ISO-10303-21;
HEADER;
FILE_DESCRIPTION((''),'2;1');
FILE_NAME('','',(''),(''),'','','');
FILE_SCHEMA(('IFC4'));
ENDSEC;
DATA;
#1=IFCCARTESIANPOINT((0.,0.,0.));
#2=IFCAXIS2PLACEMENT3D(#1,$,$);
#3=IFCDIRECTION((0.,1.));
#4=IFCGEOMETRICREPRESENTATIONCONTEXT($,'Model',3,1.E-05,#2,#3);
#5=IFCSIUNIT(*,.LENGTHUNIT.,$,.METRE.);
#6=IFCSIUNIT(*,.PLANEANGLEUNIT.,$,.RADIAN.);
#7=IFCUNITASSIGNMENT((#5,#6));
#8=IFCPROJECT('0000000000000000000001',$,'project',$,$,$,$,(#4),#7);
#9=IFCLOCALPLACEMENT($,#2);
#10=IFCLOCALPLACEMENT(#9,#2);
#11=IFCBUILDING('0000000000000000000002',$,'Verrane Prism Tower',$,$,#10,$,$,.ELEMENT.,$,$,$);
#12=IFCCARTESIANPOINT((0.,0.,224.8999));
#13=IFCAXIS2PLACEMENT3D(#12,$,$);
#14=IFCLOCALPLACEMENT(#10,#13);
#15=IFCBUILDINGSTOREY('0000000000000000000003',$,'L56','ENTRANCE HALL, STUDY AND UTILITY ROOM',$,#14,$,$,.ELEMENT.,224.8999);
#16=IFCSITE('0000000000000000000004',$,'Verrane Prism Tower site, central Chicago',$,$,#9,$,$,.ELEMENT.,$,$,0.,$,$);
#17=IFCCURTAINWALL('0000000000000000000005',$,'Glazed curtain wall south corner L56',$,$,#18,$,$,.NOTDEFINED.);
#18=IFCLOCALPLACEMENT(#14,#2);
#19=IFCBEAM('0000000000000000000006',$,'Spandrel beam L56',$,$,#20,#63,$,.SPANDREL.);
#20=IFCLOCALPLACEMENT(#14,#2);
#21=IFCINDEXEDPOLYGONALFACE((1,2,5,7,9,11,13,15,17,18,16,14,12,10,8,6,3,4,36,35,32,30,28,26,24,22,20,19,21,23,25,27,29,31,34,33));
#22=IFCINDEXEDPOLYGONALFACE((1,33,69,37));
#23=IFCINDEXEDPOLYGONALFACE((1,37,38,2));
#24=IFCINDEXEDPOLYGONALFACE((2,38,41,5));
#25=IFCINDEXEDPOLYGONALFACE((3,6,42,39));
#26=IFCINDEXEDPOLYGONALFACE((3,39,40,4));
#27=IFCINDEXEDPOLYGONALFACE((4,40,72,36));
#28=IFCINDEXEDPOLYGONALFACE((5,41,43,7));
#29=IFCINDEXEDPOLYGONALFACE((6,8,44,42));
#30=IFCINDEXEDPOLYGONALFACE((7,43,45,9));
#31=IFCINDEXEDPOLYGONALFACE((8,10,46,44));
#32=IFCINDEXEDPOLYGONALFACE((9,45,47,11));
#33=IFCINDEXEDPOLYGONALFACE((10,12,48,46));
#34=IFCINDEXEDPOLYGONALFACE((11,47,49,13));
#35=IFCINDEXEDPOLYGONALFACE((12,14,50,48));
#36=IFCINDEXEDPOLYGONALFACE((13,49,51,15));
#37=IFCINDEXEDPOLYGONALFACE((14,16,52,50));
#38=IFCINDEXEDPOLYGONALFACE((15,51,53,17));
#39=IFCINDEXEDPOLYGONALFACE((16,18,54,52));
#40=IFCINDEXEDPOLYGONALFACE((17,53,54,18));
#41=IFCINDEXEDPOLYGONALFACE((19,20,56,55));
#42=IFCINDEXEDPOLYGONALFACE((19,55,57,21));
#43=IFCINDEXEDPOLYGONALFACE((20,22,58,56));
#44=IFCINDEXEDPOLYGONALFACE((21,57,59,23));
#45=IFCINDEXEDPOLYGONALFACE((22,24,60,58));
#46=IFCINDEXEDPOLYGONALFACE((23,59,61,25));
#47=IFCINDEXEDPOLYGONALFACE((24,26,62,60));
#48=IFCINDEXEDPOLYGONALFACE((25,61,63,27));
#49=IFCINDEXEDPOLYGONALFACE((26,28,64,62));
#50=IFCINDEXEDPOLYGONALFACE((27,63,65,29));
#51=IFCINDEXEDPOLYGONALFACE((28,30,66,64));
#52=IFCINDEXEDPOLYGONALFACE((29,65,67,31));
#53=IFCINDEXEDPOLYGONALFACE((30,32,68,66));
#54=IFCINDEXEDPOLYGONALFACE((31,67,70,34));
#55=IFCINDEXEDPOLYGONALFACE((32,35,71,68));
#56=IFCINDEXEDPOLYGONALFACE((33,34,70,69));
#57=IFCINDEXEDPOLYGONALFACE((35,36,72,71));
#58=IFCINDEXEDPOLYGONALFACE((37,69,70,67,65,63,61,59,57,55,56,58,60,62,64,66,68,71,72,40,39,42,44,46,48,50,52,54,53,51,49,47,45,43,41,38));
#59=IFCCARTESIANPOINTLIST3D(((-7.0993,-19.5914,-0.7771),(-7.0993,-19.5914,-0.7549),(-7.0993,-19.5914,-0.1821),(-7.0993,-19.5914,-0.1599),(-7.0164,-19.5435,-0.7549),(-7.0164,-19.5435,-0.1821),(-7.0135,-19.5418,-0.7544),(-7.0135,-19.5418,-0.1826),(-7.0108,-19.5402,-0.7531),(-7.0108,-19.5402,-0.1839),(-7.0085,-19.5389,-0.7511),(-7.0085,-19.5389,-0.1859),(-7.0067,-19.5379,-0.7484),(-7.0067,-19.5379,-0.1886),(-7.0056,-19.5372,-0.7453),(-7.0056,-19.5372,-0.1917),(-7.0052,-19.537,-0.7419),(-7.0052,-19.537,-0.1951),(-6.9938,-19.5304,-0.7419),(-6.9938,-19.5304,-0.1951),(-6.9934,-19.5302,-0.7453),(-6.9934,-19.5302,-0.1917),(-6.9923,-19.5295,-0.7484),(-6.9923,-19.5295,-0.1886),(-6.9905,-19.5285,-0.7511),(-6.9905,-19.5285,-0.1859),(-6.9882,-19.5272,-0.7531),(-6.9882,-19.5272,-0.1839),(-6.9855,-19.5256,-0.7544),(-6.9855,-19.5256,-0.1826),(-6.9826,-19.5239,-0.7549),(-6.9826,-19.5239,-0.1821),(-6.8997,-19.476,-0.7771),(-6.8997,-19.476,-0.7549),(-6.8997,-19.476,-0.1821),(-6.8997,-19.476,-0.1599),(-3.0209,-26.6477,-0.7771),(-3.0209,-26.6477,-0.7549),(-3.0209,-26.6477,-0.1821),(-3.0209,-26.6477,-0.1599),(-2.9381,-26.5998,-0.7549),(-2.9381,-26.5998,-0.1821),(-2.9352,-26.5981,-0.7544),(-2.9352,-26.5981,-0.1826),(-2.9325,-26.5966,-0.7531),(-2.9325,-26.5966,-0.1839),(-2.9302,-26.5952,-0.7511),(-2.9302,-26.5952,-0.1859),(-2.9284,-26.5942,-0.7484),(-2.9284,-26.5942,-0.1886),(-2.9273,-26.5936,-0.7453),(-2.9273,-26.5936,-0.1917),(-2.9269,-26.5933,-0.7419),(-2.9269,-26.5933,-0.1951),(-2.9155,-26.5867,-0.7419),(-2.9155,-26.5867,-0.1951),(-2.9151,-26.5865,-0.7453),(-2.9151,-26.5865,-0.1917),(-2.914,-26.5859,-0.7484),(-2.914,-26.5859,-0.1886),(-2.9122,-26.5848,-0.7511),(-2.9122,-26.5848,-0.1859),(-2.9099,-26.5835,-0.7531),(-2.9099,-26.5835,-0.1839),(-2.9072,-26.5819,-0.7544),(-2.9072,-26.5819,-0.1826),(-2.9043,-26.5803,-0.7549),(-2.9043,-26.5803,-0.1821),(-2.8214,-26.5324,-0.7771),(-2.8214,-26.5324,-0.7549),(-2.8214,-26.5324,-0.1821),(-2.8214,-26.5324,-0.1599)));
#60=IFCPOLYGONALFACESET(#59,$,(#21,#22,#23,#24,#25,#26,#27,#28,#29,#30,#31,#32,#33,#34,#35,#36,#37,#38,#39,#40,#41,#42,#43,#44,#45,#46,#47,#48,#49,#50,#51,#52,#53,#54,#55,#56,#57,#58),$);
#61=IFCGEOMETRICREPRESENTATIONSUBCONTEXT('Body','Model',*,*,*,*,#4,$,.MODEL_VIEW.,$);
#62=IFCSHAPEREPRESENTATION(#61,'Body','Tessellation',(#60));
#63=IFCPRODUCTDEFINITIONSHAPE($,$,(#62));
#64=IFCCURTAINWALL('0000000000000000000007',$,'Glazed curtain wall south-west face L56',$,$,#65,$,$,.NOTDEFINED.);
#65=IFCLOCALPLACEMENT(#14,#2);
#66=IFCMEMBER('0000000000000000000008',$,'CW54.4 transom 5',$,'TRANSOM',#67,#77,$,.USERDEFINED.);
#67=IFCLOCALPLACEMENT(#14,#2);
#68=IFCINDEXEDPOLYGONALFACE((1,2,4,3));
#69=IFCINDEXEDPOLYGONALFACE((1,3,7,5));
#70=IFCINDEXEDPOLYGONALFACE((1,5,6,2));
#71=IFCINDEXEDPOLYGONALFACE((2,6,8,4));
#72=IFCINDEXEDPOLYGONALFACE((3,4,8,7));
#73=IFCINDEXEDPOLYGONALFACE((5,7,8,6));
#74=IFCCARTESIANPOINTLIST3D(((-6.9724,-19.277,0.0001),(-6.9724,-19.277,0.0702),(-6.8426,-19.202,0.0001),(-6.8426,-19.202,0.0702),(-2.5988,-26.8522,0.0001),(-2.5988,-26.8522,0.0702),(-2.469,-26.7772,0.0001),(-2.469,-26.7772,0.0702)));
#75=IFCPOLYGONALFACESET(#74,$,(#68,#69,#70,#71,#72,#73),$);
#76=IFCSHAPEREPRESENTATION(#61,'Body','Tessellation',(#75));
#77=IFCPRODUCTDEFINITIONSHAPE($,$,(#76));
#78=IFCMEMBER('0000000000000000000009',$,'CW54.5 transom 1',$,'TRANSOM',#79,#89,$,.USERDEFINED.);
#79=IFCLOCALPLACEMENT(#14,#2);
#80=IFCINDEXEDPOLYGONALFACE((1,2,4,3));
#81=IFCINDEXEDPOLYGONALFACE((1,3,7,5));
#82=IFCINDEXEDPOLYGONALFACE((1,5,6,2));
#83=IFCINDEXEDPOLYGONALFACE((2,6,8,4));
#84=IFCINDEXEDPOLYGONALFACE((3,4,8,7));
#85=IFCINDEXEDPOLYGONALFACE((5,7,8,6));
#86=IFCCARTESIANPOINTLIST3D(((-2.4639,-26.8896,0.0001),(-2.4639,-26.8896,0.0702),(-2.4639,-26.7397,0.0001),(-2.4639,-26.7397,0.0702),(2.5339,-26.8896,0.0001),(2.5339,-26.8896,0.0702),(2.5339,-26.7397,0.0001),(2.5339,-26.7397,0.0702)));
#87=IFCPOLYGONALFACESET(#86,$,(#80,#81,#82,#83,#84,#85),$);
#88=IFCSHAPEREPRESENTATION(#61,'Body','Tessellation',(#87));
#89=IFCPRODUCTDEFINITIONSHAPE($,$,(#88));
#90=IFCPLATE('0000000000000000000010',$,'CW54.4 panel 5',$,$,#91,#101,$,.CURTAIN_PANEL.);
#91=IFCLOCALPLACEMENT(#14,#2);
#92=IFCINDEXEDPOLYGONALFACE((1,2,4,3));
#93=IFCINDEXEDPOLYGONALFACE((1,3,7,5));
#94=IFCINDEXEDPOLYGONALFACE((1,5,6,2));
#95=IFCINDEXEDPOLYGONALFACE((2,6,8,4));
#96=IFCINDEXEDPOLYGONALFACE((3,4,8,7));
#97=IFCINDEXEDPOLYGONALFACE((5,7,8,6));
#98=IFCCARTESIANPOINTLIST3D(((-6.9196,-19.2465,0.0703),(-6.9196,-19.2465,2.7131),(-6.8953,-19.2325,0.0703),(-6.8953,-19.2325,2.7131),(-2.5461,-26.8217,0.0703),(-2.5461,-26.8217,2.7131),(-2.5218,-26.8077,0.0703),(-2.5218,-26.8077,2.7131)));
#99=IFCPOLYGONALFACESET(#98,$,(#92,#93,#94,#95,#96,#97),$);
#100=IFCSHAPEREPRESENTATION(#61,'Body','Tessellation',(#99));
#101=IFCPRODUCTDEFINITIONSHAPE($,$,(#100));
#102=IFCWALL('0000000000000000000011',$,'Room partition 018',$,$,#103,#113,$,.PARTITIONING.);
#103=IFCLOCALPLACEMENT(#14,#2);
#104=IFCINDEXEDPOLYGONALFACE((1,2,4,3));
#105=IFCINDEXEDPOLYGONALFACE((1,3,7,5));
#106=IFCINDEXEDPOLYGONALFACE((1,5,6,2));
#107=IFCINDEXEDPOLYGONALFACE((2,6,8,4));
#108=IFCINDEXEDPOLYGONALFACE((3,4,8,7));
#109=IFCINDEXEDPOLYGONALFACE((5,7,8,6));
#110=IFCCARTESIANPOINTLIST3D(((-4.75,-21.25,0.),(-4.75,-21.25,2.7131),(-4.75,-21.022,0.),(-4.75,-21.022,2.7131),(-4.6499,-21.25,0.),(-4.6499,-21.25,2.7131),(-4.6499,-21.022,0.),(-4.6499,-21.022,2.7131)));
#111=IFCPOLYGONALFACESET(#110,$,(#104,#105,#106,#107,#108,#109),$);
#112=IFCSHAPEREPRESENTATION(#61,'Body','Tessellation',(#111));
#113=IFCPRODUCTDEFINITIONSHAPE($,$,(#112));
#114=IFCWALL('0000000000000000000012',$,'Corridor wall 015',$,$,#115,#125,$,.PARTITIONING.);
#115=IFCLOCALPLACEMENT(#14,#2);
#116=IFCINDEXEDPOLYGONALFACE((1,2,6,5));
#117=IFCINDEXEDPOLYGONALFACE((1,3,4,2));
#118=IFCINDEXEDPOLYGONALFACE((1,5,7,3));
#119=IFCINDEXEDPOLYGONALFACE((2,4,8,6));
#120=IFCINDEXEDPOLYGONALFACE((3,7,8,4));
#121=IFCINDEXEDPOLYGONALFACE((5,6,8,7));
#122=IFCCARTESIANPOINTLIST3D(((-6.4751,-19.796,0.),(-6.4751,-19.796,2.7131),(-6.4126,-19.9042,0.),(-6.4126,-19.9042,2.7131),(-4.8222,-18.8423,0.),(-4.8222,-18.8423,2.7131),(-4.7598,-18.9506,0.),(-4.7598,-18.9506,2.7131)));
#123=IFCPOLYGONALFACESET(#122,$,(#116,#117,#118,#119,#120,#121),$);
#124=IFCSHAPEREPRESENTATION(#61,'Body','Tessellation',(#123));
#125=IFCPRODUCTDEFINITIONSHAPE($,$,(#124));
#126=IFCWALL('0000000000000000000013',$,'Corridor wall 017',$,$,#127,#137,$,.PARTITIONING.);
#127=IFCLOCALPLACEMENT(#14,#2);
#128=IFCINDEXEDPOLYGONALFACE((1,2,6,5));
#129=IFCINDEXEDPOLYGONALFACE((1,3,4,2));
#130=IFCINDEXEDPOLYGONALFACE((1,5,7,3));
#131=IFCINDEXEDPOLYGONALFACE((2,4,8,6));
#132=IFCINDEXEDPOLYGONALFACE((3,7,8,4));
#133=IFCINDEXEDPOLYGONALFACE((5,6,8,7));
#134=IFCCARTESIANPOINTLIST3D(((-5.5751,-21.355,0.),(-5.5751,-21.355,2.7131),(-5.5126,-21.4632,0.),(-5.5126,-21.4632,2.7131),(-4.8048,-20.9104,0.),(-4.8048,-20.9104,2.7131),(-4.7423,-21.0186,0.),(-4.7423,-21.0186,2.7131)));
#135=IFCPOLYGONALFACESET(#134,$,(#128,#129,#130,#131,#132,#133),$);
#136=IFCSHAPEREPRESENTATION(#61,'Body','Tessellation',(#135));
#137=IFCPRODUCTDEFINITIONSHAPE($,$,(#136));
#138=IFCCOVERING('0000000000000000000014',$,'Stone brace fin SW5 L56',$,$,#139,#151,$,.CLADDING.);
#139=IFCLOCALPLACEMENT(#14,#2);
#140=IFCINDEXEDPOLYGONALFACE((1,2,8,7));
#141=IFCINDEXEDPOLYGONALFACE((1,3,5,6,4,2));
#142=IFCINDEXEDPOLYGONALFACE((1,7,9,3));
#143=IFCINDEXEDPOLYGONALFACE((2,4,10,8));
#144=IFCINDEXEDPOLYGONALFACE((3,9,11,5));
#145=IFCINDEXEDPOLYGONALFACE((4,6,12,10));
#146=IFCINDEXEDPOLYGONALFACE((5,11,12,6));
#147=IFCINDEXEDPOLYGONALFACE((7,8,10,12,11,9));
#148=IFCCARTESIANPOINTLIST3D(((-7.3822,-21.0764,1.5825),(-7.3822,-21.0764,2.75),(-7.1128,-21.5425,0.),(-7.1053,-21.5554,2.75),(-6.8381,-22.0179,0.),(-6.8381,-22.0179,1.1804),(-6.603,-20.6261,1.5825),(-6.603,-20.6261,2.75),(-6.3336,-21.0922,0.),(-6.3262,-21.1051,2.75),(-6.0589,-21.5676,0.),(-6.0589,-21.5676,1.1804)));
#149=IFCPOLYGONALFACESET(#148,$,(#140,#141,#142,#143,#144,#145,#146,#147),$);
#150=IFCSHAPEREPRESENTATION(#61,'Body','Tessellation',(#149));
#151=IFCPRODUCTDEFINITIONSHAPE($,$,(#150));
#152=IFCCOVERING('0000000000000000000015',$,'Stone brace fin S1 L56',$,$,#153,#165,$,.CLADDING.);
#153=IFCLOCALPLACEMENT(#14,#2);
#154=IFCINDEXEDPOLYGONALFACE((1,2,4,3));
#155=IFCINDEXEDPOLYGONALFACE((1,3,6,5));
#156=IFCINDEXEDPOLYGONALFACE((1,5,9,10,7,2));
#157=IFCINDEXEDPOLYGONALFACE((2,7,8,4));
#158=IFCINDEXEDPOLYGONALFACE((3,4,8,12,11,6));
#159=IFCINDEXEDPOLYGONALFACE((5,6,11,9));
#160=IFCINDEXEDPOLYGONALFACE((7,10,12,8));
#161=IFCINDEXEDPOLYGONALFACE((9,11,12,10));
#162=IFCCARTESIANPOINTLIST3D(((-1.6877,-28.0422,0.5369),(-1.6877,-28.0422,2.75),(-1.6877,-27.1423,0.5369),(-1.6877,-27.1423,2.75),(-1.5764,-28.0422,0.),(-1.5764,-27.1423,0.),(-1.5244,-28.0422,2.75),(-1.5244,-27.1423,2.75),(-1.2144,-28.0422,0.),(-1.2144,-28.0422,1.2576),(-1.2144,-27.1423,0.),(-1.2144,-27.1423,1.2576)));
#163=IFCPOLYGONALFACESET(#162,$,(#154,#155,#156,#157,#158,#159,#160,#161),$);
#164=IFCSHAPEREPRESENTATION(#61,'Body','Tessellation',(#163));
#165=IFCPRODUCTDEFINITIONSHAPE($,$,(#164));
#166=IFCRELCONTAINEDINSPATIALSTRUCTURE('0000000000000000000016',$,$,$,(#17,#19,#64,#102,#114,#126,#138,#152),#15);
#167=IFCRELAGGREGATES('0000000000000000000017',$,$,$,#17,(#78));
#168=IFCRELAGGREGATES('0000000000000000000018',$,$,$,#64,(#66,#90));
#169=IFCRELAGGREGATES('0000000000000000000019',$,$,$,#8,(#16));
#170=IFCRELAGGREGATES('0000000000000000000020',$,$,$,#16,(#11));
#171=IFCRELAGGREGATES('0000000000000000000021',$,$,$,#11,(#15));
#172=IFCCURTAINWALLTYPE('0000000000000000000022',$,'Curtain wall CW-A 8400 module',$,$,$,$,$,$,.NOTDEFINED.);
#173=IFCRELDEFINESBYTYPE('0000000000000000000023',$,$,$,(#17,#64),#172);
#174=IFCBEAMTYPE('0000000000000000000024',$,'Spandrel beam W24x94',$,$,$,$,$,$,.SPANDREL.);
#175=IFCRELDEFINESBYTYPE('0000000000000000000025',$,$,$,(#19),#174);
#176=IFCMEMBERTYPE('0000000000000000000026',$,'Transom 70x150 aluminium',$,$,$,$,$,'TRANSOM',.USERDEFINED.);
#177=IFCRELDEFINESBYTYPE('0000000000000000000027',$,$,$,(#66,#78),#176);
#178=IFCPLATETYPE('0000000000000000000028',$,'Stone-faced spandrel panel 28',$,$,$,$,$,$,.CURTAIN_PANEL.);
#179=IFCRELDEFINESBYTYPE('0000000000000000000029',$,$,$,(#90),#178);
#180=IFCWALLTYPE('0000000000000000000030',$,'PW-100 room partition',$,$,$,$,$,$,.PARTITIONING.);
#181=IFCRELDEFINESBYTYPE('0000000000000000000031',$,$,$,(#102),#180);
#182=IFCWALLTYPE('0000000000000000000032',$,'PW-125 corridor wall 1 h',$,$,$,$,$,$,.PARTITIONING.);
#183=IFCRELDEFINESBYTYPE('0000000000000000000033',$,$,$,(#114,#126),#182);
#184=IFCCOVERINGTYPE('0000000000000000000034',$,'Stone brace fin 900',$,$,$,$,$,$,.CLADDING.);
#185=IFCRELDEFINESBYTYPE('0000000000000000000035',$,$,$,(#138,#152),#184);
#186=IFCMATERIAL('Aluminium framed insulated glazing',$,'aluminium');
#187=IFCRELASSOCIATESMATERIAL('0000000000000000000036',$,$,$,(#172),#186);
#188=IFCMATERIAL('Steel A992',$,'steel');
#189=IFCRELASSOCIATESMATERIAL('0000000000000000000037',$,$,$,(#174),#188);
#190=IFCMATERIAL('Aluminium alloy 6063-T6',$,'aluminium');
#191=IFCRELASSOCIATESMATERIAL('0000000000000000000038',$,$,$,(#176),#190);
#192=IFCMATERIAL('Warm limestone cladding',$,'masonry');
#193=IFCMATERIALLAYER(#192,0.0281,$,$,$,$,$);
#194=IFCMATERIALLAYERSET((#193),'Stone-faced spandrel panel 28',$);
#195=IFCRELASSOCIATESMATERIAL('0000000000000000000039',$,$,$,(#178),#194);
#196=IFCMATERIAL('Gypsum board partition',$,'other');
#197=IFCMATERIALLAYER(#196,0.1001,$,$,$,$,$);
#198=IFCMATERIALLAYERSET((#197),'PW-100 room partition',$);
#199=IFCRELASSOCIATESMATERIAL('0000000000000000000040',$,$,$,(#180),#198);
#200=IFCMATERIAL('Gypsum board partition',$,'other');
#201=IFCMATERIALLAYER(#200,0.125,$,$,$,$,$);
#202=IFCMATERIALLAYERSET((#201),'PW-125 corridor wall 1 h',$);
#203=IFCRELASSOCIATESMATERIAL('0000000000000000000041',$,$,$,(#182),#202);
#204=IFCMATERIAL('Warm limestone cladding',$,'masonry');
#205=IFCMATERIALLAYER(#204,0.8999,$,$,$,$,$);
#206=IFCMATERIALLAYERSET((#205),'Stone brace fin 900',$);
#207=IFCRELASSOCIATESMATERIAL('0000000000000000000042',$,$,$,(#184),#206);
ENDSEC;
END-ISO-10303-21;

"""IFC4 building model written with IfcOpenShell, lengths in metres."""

from ifc_helpers import new_model, si_unit, direction, frame, frame_2d, origin, origin_2d, place, context, subcontext, project, spatial, polyline, rectangle, i_section, outline, extrude, material, layer, layer_set, material_profile, profile_set, type_object, element, aggregate, save


model = new_model("IFC4")

# Units and contexts
model_context = context("Model", 3, precision=1e-05, world=origin(), true_north=direction((0.0, 1.0)))
body_context = subcontext(model_context, "Body", "Model", "MODEL_VIEW")
ifc_project = project(units=[si_unit("LENGTHUNIT", "METRE"), si_unit("PLANEANGLEUNIT", "RADIAN")], contexts=[model_context])

# Site, building, storey
site_placement = place(None, origin())
site = spatial("IfcSite", under=ifc_project, at=site_placement, Name="Verrane Prism Tower site, central Chicago", CompositionType="ELEMENT", RefElevation=0.0)
building_placement = place(site_placement, origin())
building = spatial("IfcBuilding", under=site, at=building_placement, Name="Verrane Prism Tower", CompositionType="ELEMENT")
storey_placement = place(building_placement, frame((0.0, 0.0, 224.8999)))
storey = spatial("IfcBuildingStorey", under=building, at=storey_placement, Name="L56", Description="ENTRANCE HALL, STUDY AND UTILITY ROOM", CompositionType="ELEMENT", Elevation=224.8999)

# Curtain wall
ifc_material_1 = material(Name="Aluminium framed insulated glazing", Category="aluminium")
curtain_wall_type = type_object("IfcCurtainWallType", Name="Curtain wall CW-A 8400 module", PredefinedType="NOTDEFINED", material=ifc_material_1)
curtain_wall_1_placement = place(storey_placement, origin())
curtain_wall_1 = element("IfcCurtainWall", 1, at=curtain_wall_1_placement, inside=storey, type_object=curtain_wall_type, Name="Glazed curtain wall south corner L56", PredefinedType="NOTDEFINED")

# Beam
ifc_material_2 = material(Name="Steel A992", Category="steel")
ifc_material_profile_1 = material_profile(ifc_material_2, i_section(OverallWidth=0.2305, OverallDepth=0.6172, WebThickness=0.0132, FlangeThickness=0.0222, FilletRadius=0.0129, at=origin_2d()), Name="W24x94")
ifc_profile_set_1 = profile_set([ifc_material_profile_1], Name="Steel A992")
beam_type_1 = type_object("IfcBeamType", Name="Spandrel beam W24x94", PredefinedType="SPANDREL", material=ifc_profile_set_1)
beam_1_placement = place(storey_placement, frame((-6.9995, -19.5337, -0.4685), z_axis=(0.500401, -0.865794, 0.0), x_axis=(0.865794, 0.500401, 0.0)))
element("IfcBeam", 2, at=beam_1_placement, inside=storey, type_object=beam_type_1, Name="Spandrel beam L56", PredefinedType="SPANDREL", context=body_context, shape_type="SweptSolid", body=[
    extrude(i_section(OverallWidth=0.2305, OverallDepth=0.6172, WebThickness=0.0132, FlangeThickness=0.0222, FilletRadius=0.0129, at=origin_2d()), origin(), (0.0, 0.0, 1.0), 8.1501),
])

# Curtain wall, member
curtain_wall_2_placement = place(storey_placement, origin())
curtain_wall_2 = element("IfcCurtainWall", 3, at=curtain_wall_2_placement, inside=storey, type_object=curtain_wall_type, Name="Glazed curtain wall south-west face L56", PredefinedType="NOTDEFINED")
ifc_material_3 = material(Name="Aluminium alloy 6063-T6", Category="aluminium")
ifc_material_profile_2 = material_profile(ifc_material_3, rectangle(XDim=0.1499, YDim=0.0701, at=origin_2d()), Name="Transom 70x150 aluminium")
ifc_profile_set_2 = profile_set([ifc_material_profile_2], Name="Aluminium alloy 6063-T6")
member_type_1 = type_object("IfcMemberType", Name="Transom 70x150 aluminium", ElementType="TRANSOM", PredefinedType="USERDEFINED", material=ifc_profile_set_2)
member_1_placement = place(storey_placement, frame((-6.9075, -19.2395, 0.0352), z_axis=(0.499999, -0.866026, 0.0), x_axis=(0.866026, 0.499999, 0.0)))
member_1 = element("IfcMember", 4, at=member_1_placement, type_object=member_type_1, Name="CW54.4 transom 5", ObjectType="TRANSOM", PredefinedType="USERDEFINED", context=body_context, shape_type="SweptSolid", body=[
    extrude(rectangle(XDim=0.1499, YDim=0.0701, at=origin_2d()), origin(), (0.0, 0.0, 1.0), 8.7471),
])

# Member
member_2_placement = place(storey_placement, frame((-2.4639, -26.8147, 0.0352), z_axis=(1.0, 0.0, 0.0), x_axis=(0.0, 1.0, 0.0)))
member_2 = element("IfcMember", 5, at=member_2_placement, type_object=member_type_1, Name="CW54.5 transom 1", ObjectType="TRANSOM", PredefinedType="USERDEFINED", context=body_context, shape_type="SweptSolid", body=[
    extrude(rectangle(XDim=0.1499, YDim=0.0701, at=origin_2d()), origin(), (0.0, 0.0, 1.0), 4.9978),
])
aggregate(curtain_wall_1, [member_2])

# Plate
ifc_material_4 = material(Name="Warm limestone cladding", Category="masonry")
ifc_layer_1 = layer(ifc_material_4, 0.0281)
ifc_layer_set_1 = layer_set([ifc_layer_1], Name="Stone-faced spandrel panel 28")
plate_type = type_object("IfcPlateType", Name="Stone-faced spandrel panel 28", PredefinedType="CURTAIN_PANEL", material=ifc_layer_set_1)
plate_placement = place(storey_placement, frame((-4.7207, -23.0271, 0.0703), z_axis=(0.0, 0.0, 1.0), x_axis=(0.500001, -0.866025, 0.0)))
plate = element("IfcPlate", 6, at=plate_placement, type_object=plate_type, Name="CW54.4 panel 5", PredefinedType="CURTAIN_PANEL", context=body_context, shape_type="SweptSolid", body=[
    extrude(rectangle(XDim=8.7471, YDim=0.0281, at=origin_2d()), origin(), (0.0, 0.0, 1.0), 2.6428),
])
aggregate(curtain_wall_2, [member_1, plate])

# Walls
ifc_material_5 = material(Name="Gypsum board partition", Category="other")
ifc_layer_2 = layer(ifc_material_5, 0.1001)
ifc_layer_set_2 = layer_set([ifc_layer_2], Name="PW-100 room partition")
wall_type_1 = type_object("IfcWallType", Name="PW-100 room partition", PredefinedType="PARTITIONING", material=ifc_layer_set_2)
wall_1_placement = place(storey_placement, frame((-4.7, -21.25, 0.0), z_axis=(0.0, 0.0, 1.0), x_axis=(0.0, 1.0, 0.0)))
element("IfcWall", 7, at=wall_1_placement, inside=storey, type_object=wall_type_1, Name="Room partition 018", PredefinedType="PARTITIONING", context=body_context, shape_type="SweptSolid", body=[
    extrude(rectangle(XDim=0.228, YDim=0.1001, at=frame_2d((0.114, 0.0))), origin(), (0.0, 0.0, 1.0), 2.7131),
])
ifc_material_6 = material(Name="Gypsum board partition", Category="other")
ifc_layer_3 = layer(ifc_material_6, 0.125)
ifc_layer_set_3 = layer_set([ifc_layer_3], Name="PW-125 corridor wall 1 h")
wall_type_2 = type_object("IfcWallType", Name="PW-125 corridor wall 1 h", PredefinedType="PARTITIONING", material=ifc_layer_set_3)
wall_2_placement = place(storey_placement, frame((-6.4438, -19.8501, 0.0), z_axis=(0.0, 0.0, 1.0), x_axis=(0.866173, 0.499745, 0.0)))
element("IfcWall", 8, at=wall_2_placement, inside=storey, type_object=wall_type_2, Name="Corridor wall 015", PredefinedType="PARTITIONING", context=body_context, shape_type="SweptSolid", body=[
    extrude(rectangle(XDim=1.9082, YDim=0.125, at=frame_2d((0.9541, 0.0))), origin(), (0.0, 0.0, 1.0), 2.7131),
])
wall_3_placement = place(storey_placement, frame((-5.5439, -21.4092, 0.0), z_axis=(0.0, 0.0, 1.0), x_axis=(0.86609, 0.499889, 0.0)))
element("IfcWall", 9, at=wall_3_placement, inside=storey, type_object=wall_type_2, Name="Corridor wall 017", PredefinedType="PARTITIONING", context=body_context, shape_type="SweptSolid", body=[
    extrude(rectangle(XDim=0.8894, YDim=0.125, at=frame_2d((0.4448, 0.0))), origin(), (0.0, 0.0, 1.0), 2.7131),
])

# Coverings
ifc_material_7 = material(Name="Warm limestone cladding", Category="masonry")
ifc_layer_4 = layer(ifc_material_7, 0.8999)
ifc_layer_set_4 = layer_set([ifc_layer_4], Name="Stone brace fin 900")
covering_type = type_object("IfcCoveringType", Name="Stone brace fin 900", PredefinedType="CLADDING", material=ifc_layer_set_4)
covering_1_placement = place(storey_placement, frame((-6.4485, -21.7927, 0.0), z_axis=(0.0, 0.0, 1.0), x_axis=(-0.500364, 0.865815, 0.0)))
element("IfcCovering", 10, at=covering_1_placement, inside=storey, type_object=covering_type, Name="Stone brace fin SW5 L56", PredefinedType="CLADDING", context=body_context, shape_type="SweptSolid", body=[
    extrude(outline(polyline([(1.0874, 2.75), (0.5342, 2.75), (0.0, 1.1804), (0.0, 0.0), (0.5491, 0.0), (1.0874, 1.5825), (1.0874, 2.75)])), frame((0.0, 0.45, 0.0), z_axis=(0.0, -1.0, 0.0), x_axis=(1.0, 0.0, 0.0)), (0.0, 0.0, 1.0), 0.8999),
])
covering_2_placement = place(storey_placement, frame((-1.2144, -27.5923, 0.0), z_axis=(0.0, 0.0, 1.0), x_axis=(-1.0, 0.0, 0.0)))
element("IfcCovering", 11, at=covering_2_placement, inside=storey, type_object=covering_type, Name="Stone brace fin S1 L56", PredefinedType="CLADDING", context=body_context, shape_type="SweptSolid", body=[
    extrude(outline(polyline([(0.4734, 2.75), (0.3101, 2.75), (0.0, 1.2576), (0.0, 0.0), (0.3621, 0.0), (0.4734, 0.5369), (0.4734, 2.75)])), frame((0.0, 0.45, 0.0), z_axis=(0.0, -1.0, 0.0), x_axis=(1.0, 0.0, 0.0)), (0.0, 0.0, 1.0), 0.8999),
])

save(model, "model.ifc")
